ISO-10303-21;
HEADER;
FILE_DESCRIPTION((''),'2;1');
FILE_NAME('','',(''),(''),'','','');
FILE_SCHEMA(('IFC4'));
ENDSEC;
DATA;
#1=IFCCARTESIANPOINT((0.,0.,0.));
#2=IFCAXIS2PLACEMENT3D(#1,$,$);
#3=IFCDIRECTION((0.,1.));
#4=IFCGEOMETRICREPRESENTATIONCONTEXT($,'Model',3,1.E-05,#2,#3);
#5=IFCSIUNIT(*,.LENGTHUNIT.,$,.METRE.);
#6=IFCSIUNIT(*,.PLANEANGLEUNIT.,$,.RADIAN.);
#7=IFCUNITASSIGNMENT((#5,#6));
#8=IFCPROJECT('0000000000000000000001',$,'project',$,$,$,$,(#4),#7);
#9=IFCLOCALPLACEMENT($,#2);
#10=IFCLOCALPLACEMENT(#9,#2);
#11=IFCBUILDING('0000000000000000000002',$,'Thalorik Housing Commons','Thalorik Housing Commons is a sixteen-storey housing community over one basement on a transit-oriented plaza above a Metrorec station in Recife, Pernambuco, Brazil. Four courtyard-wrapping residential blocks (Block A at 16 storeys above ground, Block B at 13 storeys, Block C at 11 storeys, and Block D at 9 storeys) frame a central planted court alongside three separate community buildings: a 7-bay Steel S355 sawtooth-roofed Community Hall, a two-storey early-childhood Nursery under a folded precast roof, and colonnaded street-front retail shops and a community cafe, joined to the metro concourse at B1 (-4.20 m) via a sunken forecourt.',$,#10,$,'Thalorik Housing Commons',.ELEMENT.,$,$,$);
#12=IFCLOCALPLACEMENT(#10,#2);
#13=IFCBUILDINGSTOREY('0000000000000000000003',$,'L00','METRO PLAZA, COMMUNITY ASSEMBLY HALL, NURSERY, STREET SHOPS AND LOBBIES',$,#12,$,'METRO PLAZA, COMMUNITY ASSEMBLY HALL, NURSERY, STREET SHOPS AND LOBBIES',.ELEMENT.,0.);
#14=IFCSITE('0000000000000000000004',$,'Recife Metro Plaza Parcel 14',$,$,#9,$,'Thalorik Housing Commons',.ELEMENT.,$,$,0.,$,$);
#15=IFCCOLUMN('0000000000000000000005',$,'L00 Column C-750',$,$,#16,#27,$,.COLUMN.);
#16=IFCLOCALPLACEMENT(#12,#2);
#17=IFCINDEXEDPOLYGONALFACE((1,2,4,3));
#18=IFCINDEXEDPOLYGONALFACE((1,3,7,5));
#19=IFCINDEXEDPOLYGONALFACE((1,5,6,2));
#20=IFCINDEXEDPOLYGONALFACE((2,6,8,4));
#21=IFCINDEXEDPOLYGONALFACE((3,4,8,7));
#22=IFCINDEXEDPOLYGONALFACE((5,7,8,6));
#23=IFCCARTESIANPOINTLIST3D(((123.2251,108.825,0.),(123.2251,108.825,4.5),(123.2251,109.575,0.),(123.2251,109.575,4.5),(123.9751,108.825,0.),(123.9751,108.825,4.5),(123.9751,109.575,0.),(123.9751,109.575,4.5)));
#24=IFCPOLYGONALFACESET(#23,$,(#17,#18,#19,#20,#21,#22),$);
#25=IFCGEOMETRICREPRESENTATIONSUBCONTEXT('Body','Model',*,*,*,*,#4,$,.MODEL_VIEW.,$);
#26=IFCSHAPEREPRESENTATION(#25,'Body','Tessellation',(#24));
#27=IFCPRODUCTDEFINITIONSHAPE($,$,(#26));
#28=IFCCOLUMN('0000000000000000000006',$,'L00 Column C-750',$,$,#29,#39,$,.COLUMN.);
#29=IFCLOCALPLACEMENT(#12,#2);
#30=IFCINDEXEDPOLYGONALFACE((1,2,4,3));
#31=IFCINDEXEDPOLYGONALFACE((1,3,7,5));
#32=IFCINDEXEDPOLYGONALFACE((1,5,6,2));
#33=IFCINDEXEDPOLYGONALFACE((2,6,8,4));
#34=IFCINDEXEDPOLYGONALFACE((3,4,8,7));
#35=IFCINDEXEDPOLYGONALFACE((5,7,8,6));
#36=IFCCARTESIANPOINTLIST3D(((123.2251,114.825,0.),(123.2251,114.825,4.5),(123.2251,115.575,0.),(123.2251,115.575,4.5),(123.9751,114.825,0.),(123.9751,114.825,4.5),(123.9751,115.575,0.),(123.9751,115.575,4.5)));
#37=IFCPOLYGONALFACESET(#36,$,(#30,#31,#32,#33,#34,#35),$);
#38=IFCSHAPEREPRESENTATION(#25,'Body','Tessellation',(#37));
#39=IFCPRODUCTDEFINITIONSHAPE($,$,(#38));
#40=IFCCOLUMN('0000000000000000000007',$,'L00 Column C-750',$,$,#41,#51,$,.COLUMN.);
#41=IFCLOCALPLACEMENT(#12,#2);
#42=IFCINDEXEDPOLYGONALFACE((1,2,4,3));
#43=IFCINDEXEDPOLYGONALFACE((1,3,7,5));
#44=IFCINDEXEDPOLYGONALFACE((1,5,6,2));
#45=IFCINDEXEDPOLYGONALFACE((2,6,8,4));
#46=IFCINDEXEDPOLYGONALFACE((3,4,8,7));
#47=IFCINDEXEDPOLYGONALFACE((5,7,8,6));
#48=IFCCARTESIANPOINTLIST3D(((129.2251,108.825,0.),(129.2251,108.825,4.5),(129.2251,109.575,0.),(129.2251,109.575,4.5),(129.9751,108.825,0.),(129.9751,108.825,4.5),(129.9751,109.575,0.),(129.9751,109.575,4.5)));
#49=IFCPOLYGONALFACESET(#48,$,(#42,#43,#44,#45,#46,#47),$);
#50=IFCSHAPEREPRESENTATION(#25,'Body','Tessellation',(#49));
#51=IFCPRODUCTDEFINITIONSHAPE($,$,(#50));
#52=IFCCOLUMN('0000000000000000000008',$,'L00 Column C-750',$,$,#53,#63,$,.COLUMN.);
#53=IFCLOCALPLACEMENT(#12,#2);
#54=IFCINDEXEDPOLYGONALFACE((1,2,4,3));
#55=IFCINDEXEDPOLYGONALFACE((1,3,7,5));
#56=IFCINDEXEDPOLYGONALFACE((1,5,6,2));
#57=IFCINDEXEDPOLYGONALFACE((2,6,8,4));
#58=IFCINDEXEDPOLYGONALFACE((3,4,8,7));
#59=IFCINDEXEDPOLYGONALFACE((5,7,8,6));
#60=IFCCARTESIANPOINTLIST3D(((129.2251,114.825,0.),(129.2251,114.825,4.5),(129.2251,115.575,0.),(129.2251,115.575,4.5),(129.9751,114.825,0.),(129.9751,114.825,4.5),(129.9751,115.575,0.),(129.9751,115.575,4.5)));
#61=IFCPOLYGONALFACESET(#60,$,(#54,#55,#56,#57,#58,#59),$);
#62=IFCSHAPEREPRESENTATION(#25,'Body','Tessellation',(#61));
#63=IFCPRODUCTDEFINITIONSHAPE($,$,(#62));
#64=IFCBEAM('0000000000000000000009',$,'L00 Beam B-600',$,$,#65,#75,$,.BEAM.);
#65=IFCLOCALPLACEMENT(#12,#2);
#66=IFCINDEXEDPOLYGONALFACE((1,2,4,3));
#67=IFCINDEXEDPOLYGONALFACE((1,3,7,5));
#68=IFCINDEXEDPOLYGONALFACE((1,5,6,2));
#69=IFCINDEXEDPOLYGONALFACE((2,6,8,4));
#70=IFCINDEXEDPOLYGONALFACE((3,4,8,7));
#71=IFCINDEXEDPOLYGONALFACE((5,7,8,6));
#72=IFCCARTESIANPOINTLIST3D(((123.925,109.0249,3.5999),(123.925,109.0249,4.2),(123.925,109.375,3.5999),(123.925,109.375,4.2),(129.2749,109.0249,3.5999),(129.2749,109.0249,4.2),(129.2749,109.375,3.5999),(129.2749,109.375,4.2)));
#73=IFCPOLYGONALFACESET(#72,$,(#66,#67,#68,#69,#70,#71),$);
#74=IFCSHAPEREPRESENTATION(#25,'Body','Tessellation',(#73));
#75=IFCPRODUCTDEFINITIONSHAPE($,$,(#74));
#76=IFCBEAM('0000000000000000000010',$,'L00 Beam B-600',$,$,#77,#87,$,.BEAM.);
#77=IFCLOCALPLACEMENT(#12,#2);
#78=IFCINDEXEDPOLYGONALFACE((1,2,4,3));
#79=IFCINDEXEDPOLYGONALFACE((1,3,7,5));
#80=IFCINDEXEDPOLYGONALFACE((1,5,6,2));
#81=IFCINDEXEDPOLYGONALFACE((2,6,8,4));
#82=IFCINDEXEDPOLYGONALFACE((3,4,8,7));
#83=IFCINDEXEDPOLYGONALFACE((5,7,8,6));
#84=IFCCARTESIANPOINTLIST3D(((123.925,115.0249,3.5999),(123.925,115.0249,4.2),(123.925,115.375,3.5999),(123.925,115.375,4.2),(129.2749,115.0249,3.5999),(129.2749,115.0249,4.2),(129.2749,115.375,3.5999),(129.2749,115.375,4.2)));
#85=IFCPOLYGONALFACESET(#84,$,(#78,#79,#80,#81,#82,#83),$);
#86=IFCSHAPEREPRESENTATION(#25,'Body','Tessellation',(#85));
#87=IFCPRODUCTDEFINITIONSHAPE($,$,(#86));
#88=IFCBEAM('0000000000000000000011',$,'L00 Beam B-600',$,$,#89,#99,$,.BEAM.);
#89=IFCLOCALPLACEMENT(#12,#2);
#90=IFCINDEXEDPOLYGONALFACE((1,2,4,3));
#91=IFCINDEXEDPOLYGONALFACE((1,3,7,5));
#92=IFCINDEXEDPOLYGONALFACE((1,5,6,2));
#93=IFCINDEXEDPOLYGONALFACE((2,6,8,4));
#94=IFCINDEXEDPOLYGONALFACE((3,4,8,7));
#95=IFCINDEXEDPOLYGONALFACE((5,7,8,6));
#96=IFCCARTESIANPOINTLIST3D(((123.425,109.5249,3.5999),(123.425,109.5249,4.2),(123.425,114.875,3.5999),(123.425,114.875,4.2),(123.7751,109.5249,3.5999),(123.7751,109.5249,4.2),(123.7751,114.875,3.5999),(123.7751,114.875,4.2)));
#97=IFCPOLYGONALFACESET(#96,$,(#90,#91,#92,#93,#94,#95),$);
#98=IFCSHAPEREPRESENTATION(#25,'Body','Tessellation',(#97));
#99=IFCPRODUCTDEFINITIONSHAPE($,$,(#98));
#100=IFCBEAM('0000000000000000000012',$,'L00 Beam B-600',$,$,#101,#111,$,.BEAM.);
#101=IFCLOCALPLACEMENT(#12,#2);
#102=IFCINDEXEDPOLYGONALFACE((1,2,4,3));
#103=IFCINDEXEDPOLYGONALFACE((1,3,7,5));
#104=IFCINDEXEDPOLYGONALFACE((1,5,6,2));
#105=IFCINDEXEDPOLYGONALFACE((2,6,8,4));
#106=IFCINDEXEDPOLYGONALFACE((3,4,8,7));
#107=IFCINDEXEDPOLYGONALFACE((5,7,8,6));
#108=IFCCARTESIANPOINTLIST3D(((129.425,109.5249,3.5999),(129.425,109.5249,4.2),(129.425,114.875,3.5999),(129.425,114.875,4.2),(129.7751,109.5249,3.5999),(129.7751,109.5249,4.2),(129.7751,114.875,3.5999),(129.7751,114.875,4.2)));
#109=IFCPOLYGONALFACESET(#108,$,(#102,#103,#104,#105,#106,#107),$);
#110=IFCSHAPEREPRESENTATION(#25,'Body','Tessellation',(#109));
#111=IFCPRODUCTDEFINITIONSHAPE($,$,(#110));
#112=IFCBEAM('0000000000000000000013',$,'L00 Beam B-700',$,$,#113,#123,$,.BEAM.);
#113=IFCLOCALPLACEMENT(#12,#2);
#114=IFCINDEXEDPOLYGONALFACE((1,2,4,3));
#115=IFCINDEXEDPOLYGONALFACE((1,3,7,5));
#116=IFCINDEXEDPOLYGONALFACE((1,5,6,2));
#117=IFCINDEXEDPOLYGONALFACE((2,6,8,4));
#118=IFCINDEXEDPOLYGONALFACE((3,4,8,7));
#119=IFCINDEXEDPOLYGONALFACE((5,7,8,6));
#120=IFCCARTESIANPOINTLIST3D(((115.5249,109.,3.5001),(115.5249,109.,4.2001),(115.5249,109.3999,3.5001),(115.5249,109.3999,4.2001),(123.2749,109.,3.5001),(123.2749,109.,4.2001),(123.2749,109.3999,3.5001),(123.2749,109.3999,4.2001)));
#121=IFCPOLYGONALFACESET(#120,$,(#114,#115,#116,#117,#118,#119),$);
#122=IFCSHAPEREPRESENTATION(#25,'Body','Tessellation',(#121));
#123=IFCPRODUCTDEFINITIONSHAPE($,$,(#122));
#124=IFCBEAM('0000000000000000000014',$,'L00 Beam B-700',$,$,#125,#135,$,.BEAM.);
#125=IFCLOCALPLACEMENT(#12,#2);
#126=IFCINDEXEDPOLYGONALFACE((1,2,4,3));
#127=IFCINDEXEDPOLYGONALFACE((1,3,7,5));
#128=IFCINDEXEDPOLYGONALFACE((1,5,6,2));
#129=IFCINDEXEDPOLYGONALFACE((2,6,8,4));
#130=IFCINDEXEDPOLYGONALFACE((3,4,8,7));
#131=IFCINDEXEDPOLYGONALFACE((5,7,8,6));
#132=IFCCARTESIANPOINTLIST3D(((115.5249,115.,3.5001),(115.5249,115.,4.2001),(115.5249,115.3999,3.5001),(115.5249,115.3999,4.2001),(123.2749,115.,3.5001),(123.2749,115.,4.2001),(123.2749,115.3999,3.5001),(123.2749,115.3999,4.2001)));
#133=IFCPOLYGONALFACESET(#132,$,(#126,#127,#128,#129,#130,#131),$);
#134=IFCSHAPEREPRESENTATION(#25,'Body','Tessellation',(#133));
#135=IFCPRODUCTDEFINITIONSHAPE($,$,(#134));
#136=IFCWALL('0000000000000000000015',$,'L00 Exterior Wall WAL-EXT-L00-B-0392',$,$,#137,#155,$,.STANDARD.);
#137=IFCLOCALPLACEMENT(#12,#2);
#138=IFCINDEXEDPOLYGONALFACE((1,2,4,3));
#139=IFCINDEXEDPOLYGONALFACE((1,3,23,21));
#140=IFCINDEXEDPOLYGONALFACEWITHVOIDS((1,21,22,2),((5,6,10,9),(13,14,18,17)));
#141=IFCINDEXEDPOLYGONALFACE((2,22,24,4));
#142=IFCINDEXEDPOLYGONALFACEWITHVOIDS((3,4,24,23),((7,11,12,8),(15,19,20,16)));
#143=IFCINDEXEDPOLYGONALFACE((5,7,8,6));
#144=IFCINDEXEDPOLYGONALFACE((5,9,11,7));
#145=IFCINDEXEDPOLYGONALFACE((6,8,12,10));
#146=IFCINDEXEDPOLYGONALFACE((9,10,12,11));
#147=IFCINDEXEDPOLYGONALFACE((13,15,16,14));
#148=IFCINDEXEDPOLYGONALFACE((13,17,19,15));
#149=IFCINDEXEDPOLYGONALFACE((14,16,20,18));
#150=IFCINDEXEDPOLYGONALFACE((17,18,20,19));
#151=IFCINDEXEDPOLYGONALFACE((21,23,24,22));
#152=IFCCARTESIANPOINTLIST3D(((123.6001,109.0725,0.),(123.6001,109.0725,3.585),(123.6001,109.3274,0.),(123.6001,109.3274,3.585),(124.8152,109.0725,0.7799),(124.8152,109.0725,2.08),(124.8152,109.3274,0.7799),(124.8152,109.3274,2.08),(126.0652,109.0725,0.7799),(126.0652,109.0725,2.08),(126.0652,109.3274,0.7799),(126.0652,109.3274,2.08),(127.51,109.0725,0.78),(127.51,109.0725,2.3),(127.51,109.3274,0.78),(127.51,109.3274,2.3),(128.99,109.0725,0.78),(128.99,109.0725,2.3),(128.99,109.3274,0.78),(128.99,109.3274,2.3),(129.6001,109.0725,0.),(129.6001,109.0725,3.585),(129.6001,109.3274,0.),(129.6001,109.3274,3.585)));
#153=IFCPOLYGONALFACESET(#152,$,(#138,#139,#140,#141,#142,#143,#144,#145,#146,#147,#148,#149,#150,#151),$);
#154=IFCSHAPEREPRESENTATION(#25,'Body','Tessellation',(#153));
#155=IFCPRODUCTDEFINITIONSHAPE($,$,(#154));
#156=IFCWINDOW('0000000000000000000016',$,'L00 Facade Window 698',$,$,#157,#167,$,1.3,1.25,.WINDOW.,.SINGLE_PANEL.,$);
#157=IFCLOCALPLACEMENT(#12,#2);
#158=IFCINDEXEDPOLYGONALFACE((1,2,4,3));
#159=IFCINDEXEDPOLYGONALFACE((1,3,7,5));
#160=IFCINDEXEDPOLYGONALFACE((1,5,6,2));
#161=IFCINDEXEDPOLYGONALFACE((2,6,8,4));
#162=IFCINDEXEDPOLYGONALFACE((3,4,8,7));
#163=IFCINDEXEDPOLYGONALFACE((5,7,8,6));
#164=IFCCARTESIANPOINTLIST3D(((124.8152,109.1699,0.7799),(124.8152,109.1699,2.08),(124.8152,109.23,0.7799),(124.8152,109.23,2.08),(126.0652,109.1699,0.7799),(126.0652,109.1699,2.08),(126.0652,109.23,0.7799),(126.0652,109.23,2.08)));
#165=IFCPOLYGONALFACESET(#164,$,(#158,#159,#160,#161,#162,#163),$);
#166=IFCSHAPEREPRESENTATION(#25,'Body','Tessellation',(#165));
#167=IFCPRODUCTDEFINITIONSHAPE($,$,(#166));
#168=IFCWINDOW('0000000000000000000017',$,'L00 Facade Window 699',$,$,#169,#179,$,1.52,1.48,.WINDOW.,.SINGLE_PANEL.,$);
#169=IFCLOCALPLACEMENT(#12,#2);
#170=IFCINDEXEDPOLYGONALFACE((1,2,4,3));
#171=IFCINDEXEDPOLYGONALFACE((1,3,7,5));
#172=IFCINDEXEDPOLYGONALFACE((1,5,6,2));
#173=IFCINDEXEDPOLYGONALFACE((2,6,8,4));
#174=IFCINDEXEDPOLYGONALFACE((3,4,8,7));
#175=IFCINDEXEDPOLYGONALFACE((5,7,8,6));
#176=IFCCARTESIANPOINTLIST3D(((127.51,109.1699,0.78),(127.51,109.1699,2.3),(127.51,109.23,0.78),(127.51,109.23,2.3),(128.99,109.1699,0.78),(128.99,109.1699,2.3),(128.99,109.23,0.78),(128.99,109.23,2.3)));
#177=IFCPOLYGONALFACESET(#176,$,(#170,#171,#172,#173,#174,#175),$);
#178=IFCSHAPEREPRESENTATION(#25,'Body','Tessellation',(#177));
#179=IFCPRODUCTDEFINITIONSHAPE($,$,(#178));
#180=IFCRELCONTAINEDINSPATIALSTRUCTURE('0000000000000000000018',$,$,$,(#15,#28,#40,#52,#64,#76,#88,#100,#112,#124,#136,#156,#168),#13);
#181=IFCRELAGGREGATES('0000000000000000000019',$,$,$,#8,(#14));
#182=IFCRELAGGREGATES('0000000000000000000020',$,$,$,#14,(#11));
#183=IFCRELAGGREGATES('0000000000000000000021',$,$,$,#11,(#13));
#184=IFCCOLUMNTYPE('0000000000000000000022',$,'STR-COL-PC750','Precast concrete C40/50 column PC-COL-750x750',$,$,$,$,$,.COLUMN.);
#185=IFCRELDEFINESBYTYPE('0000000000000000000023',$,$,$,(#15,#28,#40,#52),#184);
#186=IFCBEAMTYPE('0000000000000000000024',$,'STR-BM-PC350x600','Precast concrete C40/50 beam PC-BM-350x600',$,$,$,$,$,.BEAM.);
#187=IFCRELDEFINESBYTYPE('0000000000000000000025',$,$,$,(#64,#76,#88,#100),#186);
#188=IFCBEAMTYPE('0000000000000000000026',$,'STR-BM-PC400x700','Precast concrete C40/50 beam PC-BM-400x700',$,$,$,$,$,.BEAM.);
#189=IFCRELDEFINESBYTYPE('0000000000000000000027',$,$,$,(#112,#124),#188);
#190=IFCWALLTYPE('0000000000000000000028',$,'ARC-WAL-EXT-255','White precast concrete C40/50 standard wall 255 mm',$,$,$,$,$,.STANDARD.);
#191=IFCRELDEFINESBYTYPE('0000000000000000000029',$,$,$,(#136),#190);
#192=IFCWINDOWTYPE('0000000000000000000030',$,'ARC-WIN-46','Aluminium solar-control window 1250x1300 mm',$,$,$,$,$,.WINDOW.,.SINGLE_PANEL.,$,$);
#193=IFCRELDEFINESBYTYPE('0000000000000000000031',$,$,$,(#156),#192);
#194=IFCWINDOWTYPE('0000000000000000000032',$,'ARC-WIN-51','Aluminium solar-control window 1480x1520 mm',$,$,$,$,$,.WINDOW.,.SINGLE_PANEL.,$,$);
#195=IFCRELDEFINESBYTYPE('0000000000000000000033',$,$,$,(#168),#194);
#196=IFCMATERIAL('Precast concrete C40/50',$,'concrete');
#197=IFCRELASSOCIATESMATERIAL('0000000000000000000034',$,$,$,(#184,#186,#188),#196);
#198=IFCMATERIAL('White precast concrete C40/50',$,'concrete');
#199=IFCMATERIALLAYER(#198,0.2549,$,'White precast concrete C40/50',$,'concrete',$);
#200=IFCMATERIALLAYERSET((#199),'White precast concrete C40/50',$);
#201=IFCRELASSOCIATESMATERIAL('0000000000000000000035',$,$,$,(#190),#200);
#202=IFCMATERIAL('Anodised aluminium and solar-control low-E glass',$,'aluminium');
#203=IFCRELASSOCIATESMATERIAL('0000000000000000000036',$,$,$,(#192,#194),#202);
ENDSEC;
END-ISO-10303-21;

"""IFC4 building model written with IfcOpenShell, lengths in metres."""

from ifc_helpers import new_model, si_unit, direction, frame, frame_2d, origin, origin_2d, place, context, subcontext, project, spatial, rectangle, extrude, material, layer, layer_set, material_profile, profile_set, type_object, element, fill, save


model = new_model("IFC4")

# Units and contexts
model_context = context("Model", 3, precision=1e-05, world=origin(), true_north=direction((0.0, 1.0)))
body_context = subcontext(model_context, "Body", "Model", "MODEL_VIEW")
ifc_project = project(units=[si_unit("LENGTHUNIT", "METRE"), si_unit("PLANEANGLEUNIT", "RADIAN")], contexts=[model_context])

# Site, building, storey
site_placement = place(None, origin())
site = spatial("IfcSite", under=ifc_project, at=site_placement, Name="Recife Metro Plaza Parcel 14", LongName="Thalorik Housing Commons", CompositionType="ELEMENT", RefElevation=0.0)
building_placement = place(site_placement, origin())
building = spatial("IfcBuilding", under=site, at=building_placement, Name="Thalorik Housing Commons", Description="Thalorik Housing Commons is a sixteen-storey housing community over one basement on a transit-oriented plaza above a Metrorec station in Recife, Pernambuco, Brazil. Four courtyard-wrapping residential blocks (Block A at 16 storeys above ground, Block B at 13 storeys, Block C at 11 storeys, and Block D at 9 storeys) frame a central planted court alongside three separate community buildings: a 7-bay Steel S355 sawtooth-roofed Community Hall, a two-storey early-childhood Nursery under a folded precast roof, and colonnaded street-front retail shops and a community cafe, joined to the metro concourse at B1 (-4.20 m) via a sunken forecourt.", LongName="Thalorik Housing Commons", CompositionType="ELEMENT")
storey_placement = place(building_placement, origin())
storey = spatial("IfcBuildingStorey", under=building, at=storey_placement, Name="L00", Description="METRO PLAZA, COMMUNITY ASSEMBLY HALL, NURSERY, STREET SHOPS AND LOBBIES", LongName="METRO PLAZA, COMMUNITY ASSEMBLY HALL, NURSERY, STREET SHOPS AND LOBBIES", CompositionType="ELEMENT", Elevation=0.0)

# Columns
ifc_material_1 = material(Name="Precast concrete C40/50", Category="concrete")
ifc_material_profile_1 = material_profile(ifc_material_1, rectangle(XDim=0.75, YDim=0.75, at=origin_2d()), Name="PC 750x750", Category="concrete")
ifc_profile_set_1 = profile_set([ifc_material_profile_1], Name="Precast concrete C40/50")
column_type = type_object("IfcColumnType", Name="STR-COL-PC750", Description="Precast concrete C40/50 column PC-COL-750x750", PredefinedType="COLUMN", material=ifc_profile_set_1)
for number, where, z_axis, x_axis, name in (
    (1, (123.6001, 109.2, 0.0), (0.0, 0.0, 1.0), (1.0, 0.0, 0.0), "L00 Column C-750"),
    (2, (123.6001, 115.2, 0.0), (0.0, 0.0, 1.0), (1.0, 0.0, 0.0), "L00 Column C-750"),
    (3, (129.6001, 109.2, 0.0), (0.0, 0.0, 1.0), (1.0, 0.0, 0.0), "L00 Column C-750"),
    (4, (129.6001, 115.2, 0.0), (0.0, 0.0, 1.0), (1.0, 0.0, 0.0), "L00 Column C-750"),
):
    element("IfcColumn", number, at=place(storey_placement, frame(where, z_axis=z_axis, x_axis=x_axis)), inside=storey, type_object=column_type, Name=name, PredefinedType="COLUMN", context=body_context, shape_type="SweptSolid", body=[
        extrude(rectangle(XDim=0.75, YDim=0.75, at=origin_2d()), origin(), (0.0, 0.0, 1.0), 4.5),
    ])

# Beams
ifc_material_profile_2 = material_profile(ifc_material_1, rectangle(XDim=0.3501, YDim=0.6001, at=origin_2d()), Name="PC 350x600", Category="concrete")
ifc_profile_set_2 = profile_set([ifc_material_profile_2], Name="Precast concrete C40/50")
beam_type_1 = type_object("IfcBeamType", Name="STR-BM-PC350x600", Description="Precast concrete C40/50 beam PC-BM-350x600", PredefinedType="BEAM", material=ifc_profile_set_2)
for number, where, z_axis, x_axis, name in (
    (5, (123.925, 109.2, 3.8999), (1.0, 0.0, 0.0), (0.0, 1.0, 0.0), "L00 Beam B-600"),
    (6, (123.925, 115.2, 3.8999), (1.0, 0.0, 0.0), (0.0, 1.0, 0.0), "L00 Beam B-600"),
):
    element("IfcBeam", number, at=place(storey_placement, frame(where, z_axis=z_axis, x_axis=x_axis)), inside=storey, type_object=beam_type_1, Name=name, PredefinedType="BEAM", context=body_context, shape_type="SweptSolid", body=[
        extrude(rectangle(XDim=0.3501, YDim=0.6001, at=origin_2d()), origin(), (0.0, 0.0, 1.0), 5.3499),
    ])
for number, where, z_axis, x_axis, name in (
    (7, (123.6001, 109.5249, 3.8999), (0.0, 1.0, 0.0), (-1.0, 0.0, 0.0), "L00 Beam B-600"),
    (8, (129.6001, 109.5249, 3.8999), (0.0, 1.0, 0.0), (-1.0, 0.0, 0.0), "L00 Beam B-600"),
):
    element("IfcBeam", number, at=place(storey_placement, frame(where, z_axis=z_axis, x_axis=x_axis)), inside=storey, type_object=beam_type_1, Name=name, PredefinedType="BEAM", context=body_context, shape_type="SweptSolid", body=[
        extrude(rectangle(XDim=0.3501, YDim=0.6001, at=origin_2d()), origin(), (0.0, 0.0, 1.0), 5.3501),
    ])
ifc_material_profile_3 = material_profile(ifc_material_1, rectangle(XDim=0.3999, YDim=0.7, at=origin_2d()), Name="PC 400x700", Category="concrete")
ifc_profile_set_3 = profile_set([ifc_material_profile_3], Name="Precast concrete C40/50")
beam_type_2 = type_object("IfcBeamType", Name="STR-BM-PC400x700", Description="Precast concrete C40/50 beam PC-BM-400x700", PredefinedType="BEAM", material=ifc_profile_set_3)
for number, where, z_axis, x_axis, name in (
    (9, (115.5249, 109.2, 3.8501), (1.0, 0.0, 0.0), (0.0, 1.0, 0.0), "L00 Beam B-700"),
    (10, (115.5249, 115.2, 3.8501), (1.0, 0.0, 0.0), (0.0, 1.0, 0.0), "L00 Beam B-700"),
):
    element("IfcBeam", number, at=place(storey_placement, frame(where, z_axis=z_axis, x_axis=x_axis)), inside=storey, type_object=beam_type_2, Name=name, PredefinedType="BEAM", context=body_context, shape_type="SweptSolid", body=[
        extrude(rectangle(XDim=0.3999, YDim=0.7, at=origin_2d()), origin(), (0.0, 0.0, 1.0), 7.75),
    ])

# Wall, openings, windows
ifc_material_2 = material(Name="White precast concrete C40/50", Category="concrete")
ifc_layer_1 = layer(ifc_material_2, 0.2549, Name="White precast concrete C40/50", Category="concrete")
ifc_layer_set_1 = layer_set([ifc_layer_1], Name="White precast concrete C40/50")
wall_type_1 = type_object("IfcWallType", Name="ARC-WAL-EXT-255", Description="White precast concrete C40/50 standard wall 255 mm", PredefinedType="STANDARD", material=ifc_layer_set_1)
wall_1_placement = place(storey_placement, frame((123.6001, 109.2, 0.0), z_axis=(0.0, 0.0, 1.0), x_axis=(1.0, 0.0, 0.0)))
wall_1 = element("IfcWall", 11, at=wall_1_placement, inside=storey, type_object=wall_type_1, Name="L00 Exterior Wall WAL-EXT-L00-B-0392", PredefinedType="STANDARD", context=body_context, shape_type="SweptSolid", body=[
    extrude(rectangle(XDim=6.0, YDim=0.2549, at=frame_2d((3.0, 0.0))), origin(), (0.0, 0.0, 1.0), 3.585),
])
opening_1_placement = place(wall_1_placement, frame((1.2151, 0.0, 0.78)))
opening_1 = element("IfcOpeningElement", 12, at=opening_1_placement, cuts=wall_1, PredefinedType="OPENING", context=body_context, shape_type="SweptSolid", body=[
    extrude(rectangle(XDim=1.25, YDim=1.3, at=frame_2d((0.625, 0.6499))), frame((0.0, 0.1375, 0.0), z_axis=(0.0, -1.0, 0.0), x_axis=(1.0, 0.0, 0.0)), (0.0, 0.0, 1.0), 0.2749),
])
opening_2_placement = place(wall_1_placement, frame((3.9099, 0.0, 0.78)))
opening_2 = element("IfcOpeningElement", 13, at=opening_2_placement, cuts=wall_1, PredefinedType="OPENING", context=body_context, shape_type="SweptSolid", body=[
    extrude(rectangle(XDim=1.48, YDim=1.52, at=frame_2d((0.74, 0.76))), frame((0.0, 0.1375, 0.0), z_axis=(0.0, -1.0, 0.0), x_axis=(1.0, 0.0, 0.0)), (0.0, 0.0, 1.0), 0.2749),
])
ifc_material_3 = material(Name="Anodised aluminium and solar-control low-E glass", Category="aluminium")
window_type_1 = type_object("IfcWindowType", Name="ARC-WIN-46", Description="Aluminium solar-control window 1250x1300 mm", PartitioningType="SINGLE_PANEL", PredefinedType="WINDOW", material=ifc_material_3)
window_1_placement = place(opening_1_placement, origin())
window_1 = element("IfcWindow", 14, at=window_1_placement, inside=storey, type_object=window_type_1, Name="L00 Facade Window 698", OverallHeight=1.3, OverallWidth=1.25, PartitioningType="SINGLE_PANEL", PredefinedType="WINDOW", context=body_context, shape_type="SweptSolid", body=[
    extrude(rectangle(XDim=1.25, YDim=1.3, at=frame_2d((0.625, 0.6499))), frame((0.0, 0.03, 0.0), z_axis=(0.0, -1.0, 0.0), x_axis=(1.0, 0.0, 0.0)), (0.0, 0.0, 1.0), 0.0601),
])
fill(opening_1, window_1)
window_type_2 = type_object("IfcWindowType", Name="ARC-WIN-51", Description="Aluminium solar-control window 1480x1520 mm", PartitioningType="SINGLE_PANEL", PredefinedType="WINDOW", material=ifc_material_3)
window_2_placement = place(opening_2_placement, origin())
window_2 = element("IfcWindow", 15, at=window_2_placement, inside=storey, type_object=window_type_2, Name="L00 Facade Window 699", OverallHeight=1.52, OverallWidth=1.48, PartitioningType="SINGLE_PANEL", PredefinedType="WINDOW", context=body_context, shape_type="SweptSolid", body=[
    extrude(rectangle(XDim=1.48, YDim=1.52, at=frame_2d((0.74, 0.76))), frame((0.0, 0.03, 0.0), z_axis=(0.0, -1.0, 0.0), x_axis=(1.0, 0.0, 0.0)), (0.0, 0.0, 1.0), 0.0601),
])
fill(opening_2, window_2)

save(model, "model.ifc")
